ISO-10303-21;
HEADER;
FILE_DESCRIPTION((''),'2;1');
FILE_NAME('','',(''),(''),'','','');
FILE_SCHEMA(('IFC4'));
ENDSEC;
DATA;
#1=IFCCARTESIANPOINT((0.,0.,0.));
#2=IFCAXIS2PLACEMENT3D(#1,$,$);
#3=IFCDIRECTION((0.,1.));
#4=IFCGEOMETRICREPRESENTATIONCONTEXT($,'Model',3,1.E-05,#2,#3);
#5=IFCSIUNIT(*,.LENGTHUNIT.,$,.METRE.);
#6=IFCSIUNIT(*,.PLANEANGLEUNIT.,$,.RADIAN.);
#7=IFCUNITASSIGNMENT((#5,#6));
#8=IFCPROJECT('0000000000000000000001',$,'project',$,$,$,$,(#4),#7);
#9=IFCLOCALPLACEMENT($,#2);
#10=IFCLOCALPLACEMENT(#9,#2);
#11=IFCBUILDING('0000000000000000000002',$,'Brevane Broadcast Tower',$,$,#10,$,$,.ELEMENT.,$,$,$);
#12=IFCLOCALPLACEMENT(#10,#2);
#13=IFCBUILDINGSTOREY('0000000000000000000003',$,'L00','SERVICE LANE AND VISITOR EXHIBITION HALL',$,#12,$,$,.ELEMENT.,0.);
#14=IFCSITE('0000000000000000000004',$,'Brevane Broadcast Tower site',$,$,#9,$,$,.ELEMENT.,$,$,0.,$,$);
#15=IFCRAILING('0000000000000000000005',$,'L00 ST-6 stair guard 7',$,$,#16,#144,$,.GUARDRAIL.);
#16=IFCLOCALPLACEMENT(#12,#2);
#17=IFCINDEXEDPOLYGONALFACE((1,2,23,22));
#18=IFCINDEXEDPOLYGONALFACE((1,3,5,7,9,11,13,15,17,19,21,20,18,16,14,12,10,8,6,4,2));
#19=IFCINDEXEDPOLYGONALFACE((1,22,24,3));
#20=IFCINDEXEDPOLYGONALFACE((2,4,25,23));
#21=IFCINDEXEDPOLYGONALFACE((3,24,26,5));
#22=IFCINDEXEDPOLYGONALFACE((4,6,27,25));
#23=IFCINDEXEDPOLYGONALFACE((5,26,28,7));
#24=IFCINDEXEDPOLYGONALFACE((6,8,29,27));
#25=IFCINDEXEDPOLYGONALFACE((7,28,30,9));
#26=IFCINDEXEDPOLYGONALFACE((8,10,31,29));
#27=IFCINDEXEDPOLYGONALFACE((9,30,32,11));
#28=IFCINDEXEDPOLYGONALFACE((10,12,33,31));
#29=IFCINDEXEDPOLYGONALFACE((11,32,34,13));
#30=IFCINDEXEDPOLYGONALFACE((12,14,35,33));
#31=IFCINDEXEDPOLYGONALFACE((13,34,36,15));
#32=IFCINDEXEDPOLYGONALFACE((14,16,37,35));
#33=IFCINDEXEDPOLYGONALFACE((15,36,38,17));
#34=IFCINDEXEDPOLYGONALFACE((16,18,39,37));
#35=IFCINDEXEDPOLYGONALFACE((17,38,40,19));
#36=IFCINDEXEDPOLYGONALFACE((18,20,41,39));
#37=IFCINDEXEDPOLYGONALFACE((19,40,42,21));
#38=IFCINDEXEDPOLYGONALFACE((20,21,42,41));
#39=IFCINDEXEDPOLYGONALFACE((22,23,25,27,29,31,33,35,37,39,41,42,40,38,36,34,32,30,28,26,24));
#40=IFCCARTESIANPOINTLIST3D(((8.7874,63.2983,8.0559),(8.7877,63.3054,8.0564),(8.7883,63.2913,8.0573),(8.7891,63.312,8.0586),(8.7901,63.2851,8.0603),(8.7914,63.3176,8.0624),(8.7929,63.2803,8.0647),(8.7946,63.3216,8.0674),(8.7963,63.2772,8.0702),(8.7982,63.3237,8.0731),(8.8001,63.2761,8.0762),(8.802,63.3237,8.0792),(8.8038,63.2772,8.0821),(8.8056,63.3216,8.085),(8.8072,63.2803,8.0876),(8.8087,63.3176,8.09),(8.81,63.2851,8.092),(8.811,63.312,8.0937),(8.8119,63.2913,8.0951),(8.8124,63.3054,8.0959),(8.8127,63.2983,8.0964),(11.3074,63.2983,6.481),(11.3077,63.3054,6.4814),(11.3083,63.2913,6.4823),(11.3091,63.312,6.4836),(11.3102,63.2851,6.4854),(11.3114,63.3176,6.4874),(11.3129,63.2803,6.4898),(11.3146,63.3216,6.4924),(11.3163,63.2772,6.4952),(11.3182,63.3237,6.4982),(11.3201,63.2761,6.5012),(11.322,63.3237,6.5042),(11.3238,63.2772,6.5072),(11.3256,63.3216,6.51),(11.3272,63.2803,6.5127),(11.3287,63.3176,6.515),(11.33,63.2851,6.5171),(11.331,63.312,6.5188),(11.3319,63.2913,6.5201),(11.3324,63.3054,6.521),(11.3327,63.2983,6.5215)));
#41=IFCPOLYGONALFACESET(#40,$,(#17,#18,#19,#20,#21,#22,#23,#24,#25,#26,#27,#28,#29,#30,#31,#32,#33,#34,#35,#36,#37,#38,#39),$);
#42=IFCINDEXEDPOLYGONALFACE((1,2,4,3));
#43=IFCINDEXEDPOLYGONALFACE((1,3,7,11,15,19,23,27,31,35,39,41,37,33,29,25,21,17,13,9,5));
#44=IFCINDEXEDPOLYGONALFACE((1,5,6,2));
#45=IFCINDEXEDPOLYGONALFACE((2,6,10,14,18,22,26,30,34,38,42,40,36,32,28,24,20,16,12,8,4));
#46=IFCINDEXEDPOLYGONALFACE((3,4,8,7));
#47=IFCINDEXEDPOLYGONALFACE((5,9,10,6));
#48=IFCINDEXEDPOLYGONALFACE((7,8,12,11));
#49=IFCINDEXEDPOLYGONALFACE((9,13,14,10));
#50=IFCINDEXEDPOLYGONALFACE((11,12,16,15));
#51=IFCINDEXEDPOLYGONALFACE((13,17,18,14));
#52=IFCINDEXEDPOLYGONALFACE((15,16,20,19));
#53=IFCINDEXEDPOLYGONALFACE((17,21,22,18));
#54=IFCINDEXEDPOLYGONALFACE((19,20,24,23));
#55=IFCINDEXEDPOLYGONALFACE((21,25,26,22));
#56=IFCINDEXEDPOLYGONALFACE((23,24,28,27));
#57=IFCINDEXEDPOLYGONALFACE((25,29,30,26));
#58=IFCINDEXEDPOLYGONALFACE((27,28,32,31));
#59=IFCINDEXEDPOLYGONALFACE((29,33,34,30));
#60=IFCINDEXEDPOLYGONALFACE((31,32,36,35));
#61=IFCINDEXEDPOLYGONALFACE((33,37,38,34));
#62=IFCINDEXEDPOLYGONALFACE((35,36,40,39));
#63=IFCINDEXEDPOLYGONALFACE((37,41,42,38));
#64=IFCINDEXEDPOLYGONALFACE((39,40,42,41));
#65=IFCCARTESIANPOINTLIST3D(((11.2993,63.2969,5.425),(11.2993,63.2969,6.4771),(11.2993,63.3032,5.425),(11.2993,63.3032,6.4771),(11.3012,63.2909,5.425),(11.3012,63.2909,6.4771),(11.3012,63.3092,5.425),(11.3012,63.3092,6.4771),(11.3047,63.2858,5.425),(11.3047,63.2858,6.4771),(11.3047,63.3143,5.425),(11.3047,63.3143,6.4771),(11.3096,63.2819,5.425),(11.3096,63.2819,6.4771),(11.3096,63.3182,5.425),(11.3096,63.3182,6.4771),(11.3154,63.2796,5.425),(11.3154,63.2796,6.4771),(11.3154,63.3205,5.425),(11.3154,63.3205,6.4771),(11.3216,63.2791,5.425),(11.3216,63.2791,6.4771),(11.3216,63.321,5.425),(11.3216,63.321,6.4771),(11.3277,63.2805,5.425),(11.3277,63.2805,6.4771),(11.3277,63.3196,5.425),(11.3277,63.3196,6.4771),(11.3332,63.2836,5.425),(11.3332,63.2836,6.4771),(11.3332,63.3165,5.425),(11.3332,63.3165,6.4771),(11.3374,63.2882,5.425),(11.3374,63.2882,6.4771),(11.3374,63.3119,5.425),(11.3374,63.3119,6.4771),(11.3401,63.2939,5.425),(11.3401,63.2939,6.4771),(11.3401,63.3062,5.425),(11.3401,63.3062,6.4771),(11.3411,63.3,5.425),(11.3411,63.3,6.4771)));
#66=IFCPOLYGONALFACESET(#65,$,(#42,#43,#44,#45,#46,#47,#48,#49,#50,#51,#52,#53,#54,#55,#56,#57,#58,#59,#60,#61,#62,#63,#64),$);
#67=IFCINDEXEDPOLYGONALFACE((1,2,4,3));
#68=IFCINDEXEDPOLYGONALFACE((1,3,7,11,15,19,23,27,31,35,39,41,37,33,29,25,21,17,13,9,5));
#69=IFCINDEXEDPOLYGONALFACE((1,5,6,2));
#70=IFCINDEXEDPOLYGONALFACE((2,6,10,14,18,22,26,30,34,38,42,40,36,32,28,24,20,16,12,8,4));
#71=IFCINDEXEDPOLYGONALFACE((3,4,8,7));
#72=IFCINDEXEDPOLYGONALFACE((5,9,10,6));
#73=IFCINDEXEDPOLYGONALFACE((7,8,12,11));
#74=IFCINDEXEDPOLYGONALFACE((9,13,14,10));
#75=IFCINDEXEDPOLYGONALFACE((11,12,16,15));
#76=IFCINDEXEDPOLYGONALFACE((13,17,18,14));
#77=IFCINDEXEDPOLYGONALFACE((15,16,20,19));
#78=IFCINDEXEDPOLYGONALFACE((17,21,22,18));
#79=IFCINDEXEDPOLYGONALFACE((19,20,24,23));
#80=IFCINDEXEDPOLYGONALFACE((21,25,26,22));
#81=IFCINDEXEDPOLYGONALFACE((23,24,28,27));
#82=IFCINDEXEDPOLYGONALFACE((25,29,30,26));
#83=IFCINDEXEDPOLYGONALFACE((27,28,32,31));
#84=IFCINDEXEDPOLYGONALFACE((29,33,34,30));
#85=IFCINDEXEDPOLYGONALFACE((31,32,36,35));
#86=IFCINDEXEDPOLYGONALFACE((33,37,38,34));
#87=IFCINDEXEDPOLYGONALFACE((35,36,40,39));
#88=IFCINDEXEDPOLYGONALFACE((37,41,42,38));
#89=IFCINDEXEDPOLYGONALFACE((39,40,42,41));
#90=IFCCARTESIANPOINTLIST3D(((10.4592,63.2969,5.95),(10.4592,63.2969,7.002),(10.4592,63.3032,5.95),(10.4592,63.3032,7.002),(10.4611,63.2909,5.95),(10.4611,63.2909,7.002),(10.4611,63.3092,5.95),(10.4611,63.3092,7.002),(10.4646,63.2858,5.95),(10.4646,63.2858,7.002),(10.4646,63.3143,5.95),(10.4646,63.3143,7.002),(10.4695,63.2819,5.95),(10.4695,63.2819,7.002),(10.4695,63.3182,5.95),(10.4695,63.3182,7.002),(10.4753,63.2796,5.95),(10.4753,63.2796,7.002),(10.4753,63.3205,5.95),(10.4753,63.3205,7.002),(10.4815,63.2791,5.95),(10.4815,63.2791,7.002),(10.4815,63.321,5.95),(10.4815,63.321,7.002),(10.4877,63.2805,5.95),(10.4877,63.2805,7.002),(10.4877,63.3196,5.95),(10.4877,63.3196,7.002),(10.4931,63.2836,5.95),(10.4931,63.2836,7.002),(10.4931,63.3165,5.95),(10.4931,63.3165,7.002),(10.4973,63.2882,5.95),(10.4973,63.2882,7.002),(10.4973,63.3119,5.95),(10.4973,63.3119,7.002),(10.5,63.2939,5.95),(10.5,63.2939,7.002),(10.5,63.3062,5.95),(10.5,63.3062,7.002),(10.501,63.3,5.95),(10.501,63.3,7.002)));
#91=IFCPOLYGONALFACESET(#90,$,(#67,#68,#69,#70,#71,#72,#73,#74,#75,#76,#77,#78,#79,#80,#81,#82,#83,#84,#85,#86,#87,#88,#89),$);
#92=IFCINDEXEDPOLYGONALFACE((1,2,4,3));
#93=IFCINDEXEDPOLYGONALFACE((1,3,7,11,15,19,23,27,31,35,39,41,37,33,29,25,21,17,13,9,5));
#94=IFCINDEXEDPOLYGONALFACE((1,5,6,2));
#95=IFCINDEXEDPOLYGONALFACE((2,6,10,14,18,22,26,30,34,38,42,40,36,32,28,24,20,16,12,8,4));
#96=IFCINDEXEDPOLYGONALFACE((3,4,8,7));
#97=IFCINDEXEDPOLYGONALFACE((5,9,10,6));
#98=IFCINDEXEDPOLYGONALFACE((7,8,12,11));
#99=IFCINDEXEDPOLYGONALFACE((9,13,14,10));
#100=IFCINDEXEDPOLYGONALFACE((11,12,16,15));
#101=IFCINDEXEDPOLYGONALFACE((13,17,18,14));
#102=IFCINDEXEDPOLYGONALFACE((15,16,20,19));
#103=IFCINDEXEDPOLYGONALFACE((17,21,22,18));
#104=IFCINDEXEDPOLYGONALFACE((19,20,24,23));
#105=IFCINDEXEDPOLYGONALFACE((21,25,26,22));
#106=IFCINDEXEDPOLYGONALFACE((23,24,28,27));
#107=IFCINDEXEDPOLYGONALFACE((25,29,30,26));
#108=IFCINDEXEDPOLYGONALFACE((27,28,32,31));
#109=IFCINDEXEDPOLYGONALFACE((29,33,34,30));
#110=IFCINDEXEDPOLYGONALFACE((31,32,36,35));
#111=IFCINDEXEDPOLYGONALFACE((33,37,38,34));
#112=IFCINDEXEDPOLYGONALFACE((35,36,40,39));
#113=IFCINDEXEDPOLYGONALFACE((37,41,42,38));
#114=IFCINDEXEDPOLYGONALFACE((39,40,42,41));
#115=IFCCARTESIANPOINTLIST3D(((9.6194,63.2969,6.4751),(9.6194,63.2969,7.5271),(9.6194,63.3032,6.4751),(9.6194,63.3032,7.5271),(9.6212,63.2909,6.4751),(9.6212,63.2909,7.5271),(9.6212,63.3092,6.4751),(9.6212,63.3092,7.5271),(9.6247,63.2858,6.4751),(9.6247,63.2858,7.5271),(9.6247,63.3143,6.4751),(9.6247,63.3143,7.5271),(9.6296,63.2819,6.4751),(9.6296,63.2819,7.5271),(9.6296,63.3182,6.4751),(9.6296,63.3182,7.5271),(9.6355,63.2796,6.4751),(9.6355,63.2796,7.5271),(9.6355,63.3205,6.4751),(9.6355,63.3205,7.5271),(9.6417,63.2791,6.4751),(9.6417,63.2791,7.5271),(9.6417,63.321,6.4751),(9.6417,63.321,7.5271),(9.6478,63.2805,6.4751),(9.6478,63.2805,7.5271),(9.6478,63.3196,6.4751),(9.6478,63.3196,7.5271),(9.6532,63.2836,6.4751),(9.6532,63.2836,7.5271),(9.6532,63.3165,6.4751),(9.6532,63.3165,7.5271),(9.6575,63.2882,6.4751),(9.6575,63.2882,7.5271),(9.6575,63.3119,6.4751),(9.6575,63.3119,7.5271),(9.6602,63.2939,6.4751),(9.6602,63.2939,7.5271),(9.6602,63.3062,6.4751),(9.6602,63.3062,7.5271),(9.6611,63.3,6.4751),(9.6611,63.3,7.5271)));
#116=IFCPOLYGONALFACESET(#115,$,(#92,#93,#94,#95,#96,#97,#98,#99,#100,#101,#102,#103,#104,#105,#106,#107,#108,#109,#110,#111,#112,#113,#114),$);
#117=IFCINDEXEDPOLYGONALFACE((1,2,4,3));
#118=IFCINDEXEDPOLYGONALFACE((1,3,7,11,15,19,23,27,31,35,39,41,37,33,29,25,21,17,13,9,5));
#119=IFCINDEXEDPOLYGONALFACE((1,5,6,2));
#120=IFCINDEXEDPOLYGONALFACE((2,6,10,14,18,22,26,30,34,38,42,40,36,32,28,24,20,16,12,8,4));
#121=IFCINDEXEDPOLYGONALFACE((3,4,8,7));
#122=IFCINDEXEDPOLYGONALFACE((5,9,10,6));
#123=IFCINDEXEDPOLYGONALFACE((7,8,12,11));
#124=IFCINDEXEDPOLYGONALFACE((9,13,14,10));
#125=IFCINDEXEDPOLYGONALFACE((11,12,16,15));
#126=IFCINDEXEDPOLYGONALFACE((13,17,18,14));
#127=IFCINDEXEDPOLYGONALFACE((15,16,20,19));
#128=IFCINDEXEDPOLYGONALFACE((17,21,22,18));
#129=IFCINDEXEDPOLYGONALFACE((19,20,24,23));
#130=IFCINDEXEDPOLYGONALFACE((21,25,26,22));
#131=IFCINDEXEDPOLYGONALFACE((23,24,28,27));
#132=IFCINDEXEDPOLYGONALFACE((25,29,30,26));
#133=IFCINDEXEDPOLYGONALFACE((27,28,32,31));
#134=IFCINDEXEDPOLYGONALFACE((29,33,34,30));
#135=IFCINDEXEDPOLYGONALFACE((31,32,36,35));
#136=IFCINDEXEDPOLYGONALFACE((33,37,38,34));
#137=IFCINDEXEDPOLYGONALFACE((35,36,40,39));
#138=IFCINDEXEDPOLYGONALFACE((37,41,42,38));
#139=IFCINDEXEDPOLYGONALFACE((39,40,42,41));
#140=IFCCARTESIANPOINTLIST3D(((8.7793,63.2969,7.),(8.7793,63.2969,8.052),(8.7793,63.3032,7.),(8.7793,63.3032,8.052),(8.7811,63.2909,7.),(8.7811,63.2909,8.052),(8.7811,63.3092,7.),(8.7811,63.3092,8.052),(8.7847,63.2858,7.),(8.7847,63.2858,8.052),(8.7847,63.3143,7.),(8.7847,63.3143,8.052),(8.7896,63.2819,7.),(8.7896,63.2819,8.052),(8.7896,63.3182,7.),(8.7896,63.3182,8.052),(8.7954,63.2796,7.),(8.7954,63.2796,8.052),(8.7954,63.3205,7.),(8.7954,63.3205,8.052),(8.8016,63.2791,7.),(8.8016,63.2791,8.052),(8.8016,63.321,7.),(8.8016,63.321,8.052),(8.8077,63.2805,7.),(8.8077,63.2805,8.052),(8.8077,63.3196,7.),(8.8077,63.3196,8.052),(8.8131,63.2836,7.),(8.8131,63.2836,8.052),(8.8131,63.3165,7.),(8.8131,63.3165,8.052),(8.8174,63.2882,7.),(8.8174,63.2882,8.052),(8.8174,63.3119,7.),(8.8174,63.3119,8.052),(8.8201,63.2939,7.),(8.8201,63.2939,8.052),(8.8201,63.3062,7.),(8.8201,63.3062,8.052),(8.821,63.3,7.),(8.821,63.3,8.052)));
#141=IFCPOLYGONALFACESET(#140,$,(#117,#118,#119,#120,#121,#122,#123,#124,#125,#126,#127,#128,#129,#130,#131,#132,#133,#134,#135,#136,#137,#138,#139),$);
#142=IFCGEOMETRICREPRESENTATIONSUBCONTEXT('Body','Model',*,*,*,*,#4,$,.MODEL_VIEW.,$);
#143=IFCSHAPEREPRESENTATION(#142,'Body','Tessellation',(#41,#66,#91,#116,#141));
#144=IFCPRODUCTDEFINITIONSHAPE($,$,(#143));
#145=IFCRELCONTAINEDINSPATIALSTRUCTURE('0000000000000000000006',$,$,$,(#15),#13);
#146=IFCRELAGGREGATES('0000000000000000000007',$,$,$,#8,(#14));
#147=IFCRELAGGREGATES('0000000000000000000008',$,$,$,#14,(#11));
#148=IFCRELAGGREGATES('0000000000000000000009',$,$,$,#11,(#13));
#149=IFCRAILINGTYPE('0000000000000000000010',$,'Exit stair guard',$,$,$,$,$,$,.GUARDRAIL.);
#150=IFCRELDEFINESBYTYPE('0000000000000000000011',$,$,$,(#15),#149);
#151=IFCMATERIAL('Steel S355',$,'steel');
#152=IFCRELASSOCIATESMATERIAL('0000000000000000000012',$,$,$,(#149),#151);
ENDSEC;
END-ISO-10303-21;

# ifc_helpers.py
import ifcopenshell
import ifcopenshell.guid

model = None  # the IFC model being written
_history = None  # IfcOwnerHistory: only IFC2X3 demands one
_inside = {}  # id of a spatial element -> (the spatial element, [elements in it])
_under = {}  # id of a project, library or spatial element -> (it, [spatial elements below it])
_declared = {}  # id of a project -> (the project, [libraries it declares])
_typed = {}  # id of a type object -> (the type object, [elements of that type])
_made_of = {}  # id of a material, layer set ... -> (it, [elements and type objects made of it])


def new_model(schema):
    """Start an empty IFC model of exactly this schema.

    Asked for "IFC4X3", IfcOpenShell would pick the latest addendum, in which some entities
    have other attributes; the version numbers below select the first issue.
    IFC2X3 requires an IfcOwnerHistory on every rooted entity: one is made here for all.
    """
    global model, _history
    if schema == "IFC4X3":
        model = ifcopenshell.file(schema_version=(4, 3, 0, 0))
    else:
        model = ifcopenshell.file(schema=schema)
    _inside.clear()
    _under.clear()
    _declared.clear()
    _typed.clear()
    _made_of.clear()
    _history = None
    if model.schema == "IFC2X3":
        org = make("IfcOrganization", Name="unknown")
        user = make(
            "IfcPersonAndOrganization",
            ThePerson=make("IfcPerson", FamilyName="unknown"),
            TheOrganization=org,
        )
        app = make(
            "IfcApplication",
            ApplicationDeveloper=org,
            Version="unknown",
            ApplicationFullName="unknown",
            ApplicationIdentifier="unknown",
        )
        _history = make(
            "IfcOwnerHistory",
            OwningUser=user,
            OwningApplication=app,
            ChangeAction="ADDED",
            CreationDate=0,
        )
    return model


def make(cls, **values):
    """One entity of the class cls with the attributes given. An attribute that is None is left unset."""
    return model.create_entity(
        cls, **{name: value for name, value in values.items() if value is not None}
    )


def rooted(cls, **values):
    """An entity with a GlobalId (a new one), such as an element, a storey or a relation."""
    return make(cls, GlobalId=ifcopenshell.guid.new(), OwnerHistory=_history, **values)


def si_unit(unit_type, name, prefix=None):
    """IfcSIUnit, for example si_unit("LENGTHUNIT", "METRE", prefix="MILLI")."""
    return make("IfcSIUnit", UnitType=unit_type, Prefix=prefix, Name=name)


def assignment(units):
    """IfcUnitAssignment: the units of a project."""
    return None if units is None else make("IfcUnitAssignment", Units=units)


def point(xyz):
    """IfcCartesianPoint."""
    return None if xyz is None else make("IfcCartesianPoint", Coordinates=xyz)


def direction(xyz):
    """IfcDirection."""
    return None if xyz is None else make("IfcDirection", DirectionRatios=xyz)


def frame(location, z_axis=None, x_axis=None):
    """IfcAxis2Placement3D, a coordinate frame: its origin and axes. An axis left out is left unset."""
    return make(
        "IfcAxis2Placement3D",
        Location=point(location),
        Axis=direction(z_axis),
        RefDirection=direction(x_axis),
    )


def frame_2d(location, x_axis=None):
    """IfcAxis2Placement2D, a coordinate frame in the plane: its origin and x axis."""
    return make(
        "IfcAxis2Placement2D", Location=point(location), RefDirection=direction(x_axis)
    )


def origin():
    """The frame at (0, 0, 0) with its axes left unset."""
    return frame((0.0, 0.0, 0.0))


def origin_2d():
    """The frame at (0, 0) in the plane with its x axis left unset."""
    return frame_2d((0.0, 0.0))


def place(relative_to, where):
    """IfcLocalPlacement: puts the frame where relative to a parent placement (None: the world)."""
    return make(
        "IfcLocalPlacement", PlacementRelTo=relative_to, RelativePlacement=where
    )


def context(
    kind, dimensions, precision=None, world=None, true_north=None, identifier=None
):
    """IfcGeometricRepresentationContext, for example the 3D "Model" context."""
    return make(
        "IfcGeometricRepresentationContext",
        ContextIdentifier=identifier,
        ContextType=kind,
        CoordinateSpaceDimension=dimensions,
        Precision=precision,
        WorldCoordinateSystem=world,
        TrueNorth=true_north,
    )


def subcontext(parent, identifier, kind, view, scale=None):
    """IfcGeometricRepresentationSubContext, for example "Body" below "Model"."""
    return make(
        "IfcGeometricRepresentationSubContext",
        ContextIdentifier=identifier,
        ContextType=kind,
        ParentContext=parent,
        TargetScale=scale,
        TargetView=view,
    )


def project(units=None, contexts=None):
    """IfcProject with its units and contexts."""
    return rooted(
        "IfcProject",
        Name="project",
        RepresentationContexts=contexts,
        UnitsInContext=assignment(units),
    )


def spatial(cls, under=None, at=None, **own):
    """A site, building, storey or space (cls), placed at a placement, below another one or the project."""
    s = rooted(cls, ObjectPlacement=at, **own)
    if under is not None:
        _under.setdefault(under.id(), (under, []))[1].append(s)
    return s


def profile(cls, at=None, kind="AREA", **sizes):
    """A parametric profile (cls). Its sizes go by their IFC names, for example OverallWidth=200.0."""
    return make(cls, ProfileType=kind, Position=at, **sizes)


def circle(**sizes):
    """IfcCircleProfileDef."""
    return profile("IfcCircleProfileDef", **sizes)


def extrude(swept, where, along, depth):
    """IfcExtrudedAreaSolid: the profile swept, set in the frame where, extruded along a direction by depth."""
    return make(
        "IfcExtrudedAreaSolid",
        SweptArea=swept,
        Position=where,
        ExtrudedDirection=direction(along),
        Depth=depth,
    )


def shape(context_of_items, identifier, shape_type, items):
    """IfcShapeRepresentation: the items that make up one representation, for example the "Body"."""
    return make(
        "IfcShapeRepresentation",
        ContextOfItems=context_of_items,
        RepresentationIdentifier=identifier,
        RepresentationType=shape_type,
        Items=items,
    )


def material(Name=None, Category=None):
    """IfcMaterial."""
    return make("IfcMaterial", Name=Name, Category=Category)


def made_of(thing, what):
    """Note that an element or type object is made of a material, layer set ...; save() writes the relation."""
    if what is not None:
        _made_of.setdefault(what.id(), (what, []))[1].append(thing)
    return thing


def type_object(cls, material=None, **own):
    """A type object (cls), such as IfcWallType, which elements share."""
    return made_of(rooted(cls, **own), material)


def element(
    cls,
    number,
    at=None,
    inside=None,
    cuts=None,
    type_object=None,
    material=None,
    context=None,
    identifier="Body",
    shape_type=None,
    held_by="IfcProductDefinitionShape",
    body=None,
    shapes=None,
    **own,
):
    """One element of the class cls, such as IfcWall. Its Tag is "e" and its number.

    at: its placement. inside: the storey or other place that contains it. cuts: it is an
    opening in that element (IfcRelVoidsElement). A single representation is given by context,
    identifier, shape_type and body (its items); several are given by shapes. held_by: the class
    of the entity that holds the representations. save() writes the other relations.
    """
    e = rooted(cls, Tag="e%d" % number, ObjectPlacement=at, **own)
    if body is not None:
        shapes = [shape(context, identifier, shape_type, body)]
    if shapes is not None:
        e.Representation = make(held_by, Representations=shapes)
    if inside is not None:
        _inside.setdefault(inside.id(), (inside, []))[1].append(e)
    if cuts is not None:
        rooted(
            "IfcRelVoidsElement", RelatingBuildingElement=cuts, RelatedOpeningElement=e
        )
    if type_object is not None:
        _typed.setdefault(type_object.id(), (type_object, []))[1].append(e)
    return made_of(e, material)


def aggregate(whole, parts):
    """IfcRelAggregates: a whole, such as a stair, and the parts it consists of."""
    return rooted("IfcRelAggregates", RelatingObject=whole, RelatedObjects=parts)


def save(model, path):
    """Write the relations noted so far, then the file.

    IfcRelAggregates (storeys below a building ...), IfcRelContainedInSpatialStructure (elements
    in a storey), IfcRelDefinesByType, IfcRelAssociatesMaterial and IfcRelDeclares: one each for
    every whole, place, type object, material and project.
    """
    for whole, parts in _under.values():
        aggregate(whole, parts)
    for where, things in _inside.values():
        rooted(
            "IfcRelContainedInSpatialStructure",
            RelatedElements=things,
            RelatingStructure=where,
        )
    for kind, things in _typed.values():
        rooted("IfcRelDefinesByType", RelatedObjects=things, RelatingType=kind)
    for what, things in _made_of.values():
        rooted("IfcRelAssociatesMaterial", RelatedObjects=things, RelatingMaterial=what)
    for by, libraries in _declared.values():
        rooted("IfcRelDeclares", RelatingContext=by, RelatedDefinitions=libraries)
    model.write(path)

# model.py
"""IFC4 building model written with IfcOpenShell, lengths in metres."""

from ifc_helpers import new_model, si_unit, direction, frame, origin, origin_2d, place, context, subcontext, project, spatial, circle, extrude, material, type_object, element, save


model = new_model("IFC4")

# Units and contexts
model_context = context("Model", 3, precision=1e-05, world=origin(), true_north=direction((0.0, 1.0)))
body_context = subcontext(model_context, "Body", "Model", "MODEL_VIEW")
ifc_project = project(units=[si_unit("LENGTHUNIT", "METRE"), si_unit("PLANEANGLEUNIT", "RADIAN")], contexts=[model_context])

# Site, building, storey
site_placement = place(None, origin())
site = spatial("IfcSite", under=ifc_project, at=site_placement, Name="Brevane Broadcast Tower site", CompositionType="ELEMENT", RefElevation=0.0)
building_placement = place(site_placement, origin())
building = spatial("IfcBuilding", under=site, at=building_placement, Name="Brevane Broadcast Tower", CompositionType="ELEMENT")
storey_placement = place(building_placement, origin())
storey = spatial("IfcBuildingStorey", under=building, at=storey_placement, Name="L00", Description="SERVICE LANE AND VISITOR EXHIBITION HALL", CompositionType="ELEMENT", Elevation=0.0)

# Railing
ifc_material_1 = material(Name="Steel S355", Category="steel")
railing_type_1 = type_object("IfcRailingType", Name="Exit stair guard", PredefinedType="GUARDRAIL", material=ifc_material_1)
railing_1_placement = place(storey_placement, frame((11.3201, 63.3, 5.425)))
element("IfcRailing", 1, at=railing_1_placement, inside=storey, type_object=railing_type_1, Name="L00 ST-6 stair guard 7", PredefinedType="GUARDRAIL", context=body_context, shape_type="SweptSolid", body=[
    extrude(circle(Radius=0.0239, at=origin_2d()), frame((0.0, 0.0, 1.0762), z_axis=(-0.848008, 0.0, 0.529984), x_axis=(0.0, -1.0, 0.0)), (0.0, 0.0, 1.0), 2.9717),
    extrude(circle(Radius=0.021, at=origin_2d()), origin(), (0.0, 0.0, 1.0), 1.052),
    extrude(circle(Radius=0.021, at=origin_2d()), frame((-0.8401, 0.0, 0.5249)), (0.0, 0.0, 1.0), 1.052),
    extrude(circle(Radius=0.021, at=origin_2d()), frame((-1.6799, 0.0, 1.05)), (0.0, 0.0, 1.0), 1.052),
    extrude(circle(Radius=0.021, at=origin_2d()), frame((-2.52, 0.0, 1.575)), (0.0, 0.0, 1.0), 1.052),
])

save(model, "model.ifc")
